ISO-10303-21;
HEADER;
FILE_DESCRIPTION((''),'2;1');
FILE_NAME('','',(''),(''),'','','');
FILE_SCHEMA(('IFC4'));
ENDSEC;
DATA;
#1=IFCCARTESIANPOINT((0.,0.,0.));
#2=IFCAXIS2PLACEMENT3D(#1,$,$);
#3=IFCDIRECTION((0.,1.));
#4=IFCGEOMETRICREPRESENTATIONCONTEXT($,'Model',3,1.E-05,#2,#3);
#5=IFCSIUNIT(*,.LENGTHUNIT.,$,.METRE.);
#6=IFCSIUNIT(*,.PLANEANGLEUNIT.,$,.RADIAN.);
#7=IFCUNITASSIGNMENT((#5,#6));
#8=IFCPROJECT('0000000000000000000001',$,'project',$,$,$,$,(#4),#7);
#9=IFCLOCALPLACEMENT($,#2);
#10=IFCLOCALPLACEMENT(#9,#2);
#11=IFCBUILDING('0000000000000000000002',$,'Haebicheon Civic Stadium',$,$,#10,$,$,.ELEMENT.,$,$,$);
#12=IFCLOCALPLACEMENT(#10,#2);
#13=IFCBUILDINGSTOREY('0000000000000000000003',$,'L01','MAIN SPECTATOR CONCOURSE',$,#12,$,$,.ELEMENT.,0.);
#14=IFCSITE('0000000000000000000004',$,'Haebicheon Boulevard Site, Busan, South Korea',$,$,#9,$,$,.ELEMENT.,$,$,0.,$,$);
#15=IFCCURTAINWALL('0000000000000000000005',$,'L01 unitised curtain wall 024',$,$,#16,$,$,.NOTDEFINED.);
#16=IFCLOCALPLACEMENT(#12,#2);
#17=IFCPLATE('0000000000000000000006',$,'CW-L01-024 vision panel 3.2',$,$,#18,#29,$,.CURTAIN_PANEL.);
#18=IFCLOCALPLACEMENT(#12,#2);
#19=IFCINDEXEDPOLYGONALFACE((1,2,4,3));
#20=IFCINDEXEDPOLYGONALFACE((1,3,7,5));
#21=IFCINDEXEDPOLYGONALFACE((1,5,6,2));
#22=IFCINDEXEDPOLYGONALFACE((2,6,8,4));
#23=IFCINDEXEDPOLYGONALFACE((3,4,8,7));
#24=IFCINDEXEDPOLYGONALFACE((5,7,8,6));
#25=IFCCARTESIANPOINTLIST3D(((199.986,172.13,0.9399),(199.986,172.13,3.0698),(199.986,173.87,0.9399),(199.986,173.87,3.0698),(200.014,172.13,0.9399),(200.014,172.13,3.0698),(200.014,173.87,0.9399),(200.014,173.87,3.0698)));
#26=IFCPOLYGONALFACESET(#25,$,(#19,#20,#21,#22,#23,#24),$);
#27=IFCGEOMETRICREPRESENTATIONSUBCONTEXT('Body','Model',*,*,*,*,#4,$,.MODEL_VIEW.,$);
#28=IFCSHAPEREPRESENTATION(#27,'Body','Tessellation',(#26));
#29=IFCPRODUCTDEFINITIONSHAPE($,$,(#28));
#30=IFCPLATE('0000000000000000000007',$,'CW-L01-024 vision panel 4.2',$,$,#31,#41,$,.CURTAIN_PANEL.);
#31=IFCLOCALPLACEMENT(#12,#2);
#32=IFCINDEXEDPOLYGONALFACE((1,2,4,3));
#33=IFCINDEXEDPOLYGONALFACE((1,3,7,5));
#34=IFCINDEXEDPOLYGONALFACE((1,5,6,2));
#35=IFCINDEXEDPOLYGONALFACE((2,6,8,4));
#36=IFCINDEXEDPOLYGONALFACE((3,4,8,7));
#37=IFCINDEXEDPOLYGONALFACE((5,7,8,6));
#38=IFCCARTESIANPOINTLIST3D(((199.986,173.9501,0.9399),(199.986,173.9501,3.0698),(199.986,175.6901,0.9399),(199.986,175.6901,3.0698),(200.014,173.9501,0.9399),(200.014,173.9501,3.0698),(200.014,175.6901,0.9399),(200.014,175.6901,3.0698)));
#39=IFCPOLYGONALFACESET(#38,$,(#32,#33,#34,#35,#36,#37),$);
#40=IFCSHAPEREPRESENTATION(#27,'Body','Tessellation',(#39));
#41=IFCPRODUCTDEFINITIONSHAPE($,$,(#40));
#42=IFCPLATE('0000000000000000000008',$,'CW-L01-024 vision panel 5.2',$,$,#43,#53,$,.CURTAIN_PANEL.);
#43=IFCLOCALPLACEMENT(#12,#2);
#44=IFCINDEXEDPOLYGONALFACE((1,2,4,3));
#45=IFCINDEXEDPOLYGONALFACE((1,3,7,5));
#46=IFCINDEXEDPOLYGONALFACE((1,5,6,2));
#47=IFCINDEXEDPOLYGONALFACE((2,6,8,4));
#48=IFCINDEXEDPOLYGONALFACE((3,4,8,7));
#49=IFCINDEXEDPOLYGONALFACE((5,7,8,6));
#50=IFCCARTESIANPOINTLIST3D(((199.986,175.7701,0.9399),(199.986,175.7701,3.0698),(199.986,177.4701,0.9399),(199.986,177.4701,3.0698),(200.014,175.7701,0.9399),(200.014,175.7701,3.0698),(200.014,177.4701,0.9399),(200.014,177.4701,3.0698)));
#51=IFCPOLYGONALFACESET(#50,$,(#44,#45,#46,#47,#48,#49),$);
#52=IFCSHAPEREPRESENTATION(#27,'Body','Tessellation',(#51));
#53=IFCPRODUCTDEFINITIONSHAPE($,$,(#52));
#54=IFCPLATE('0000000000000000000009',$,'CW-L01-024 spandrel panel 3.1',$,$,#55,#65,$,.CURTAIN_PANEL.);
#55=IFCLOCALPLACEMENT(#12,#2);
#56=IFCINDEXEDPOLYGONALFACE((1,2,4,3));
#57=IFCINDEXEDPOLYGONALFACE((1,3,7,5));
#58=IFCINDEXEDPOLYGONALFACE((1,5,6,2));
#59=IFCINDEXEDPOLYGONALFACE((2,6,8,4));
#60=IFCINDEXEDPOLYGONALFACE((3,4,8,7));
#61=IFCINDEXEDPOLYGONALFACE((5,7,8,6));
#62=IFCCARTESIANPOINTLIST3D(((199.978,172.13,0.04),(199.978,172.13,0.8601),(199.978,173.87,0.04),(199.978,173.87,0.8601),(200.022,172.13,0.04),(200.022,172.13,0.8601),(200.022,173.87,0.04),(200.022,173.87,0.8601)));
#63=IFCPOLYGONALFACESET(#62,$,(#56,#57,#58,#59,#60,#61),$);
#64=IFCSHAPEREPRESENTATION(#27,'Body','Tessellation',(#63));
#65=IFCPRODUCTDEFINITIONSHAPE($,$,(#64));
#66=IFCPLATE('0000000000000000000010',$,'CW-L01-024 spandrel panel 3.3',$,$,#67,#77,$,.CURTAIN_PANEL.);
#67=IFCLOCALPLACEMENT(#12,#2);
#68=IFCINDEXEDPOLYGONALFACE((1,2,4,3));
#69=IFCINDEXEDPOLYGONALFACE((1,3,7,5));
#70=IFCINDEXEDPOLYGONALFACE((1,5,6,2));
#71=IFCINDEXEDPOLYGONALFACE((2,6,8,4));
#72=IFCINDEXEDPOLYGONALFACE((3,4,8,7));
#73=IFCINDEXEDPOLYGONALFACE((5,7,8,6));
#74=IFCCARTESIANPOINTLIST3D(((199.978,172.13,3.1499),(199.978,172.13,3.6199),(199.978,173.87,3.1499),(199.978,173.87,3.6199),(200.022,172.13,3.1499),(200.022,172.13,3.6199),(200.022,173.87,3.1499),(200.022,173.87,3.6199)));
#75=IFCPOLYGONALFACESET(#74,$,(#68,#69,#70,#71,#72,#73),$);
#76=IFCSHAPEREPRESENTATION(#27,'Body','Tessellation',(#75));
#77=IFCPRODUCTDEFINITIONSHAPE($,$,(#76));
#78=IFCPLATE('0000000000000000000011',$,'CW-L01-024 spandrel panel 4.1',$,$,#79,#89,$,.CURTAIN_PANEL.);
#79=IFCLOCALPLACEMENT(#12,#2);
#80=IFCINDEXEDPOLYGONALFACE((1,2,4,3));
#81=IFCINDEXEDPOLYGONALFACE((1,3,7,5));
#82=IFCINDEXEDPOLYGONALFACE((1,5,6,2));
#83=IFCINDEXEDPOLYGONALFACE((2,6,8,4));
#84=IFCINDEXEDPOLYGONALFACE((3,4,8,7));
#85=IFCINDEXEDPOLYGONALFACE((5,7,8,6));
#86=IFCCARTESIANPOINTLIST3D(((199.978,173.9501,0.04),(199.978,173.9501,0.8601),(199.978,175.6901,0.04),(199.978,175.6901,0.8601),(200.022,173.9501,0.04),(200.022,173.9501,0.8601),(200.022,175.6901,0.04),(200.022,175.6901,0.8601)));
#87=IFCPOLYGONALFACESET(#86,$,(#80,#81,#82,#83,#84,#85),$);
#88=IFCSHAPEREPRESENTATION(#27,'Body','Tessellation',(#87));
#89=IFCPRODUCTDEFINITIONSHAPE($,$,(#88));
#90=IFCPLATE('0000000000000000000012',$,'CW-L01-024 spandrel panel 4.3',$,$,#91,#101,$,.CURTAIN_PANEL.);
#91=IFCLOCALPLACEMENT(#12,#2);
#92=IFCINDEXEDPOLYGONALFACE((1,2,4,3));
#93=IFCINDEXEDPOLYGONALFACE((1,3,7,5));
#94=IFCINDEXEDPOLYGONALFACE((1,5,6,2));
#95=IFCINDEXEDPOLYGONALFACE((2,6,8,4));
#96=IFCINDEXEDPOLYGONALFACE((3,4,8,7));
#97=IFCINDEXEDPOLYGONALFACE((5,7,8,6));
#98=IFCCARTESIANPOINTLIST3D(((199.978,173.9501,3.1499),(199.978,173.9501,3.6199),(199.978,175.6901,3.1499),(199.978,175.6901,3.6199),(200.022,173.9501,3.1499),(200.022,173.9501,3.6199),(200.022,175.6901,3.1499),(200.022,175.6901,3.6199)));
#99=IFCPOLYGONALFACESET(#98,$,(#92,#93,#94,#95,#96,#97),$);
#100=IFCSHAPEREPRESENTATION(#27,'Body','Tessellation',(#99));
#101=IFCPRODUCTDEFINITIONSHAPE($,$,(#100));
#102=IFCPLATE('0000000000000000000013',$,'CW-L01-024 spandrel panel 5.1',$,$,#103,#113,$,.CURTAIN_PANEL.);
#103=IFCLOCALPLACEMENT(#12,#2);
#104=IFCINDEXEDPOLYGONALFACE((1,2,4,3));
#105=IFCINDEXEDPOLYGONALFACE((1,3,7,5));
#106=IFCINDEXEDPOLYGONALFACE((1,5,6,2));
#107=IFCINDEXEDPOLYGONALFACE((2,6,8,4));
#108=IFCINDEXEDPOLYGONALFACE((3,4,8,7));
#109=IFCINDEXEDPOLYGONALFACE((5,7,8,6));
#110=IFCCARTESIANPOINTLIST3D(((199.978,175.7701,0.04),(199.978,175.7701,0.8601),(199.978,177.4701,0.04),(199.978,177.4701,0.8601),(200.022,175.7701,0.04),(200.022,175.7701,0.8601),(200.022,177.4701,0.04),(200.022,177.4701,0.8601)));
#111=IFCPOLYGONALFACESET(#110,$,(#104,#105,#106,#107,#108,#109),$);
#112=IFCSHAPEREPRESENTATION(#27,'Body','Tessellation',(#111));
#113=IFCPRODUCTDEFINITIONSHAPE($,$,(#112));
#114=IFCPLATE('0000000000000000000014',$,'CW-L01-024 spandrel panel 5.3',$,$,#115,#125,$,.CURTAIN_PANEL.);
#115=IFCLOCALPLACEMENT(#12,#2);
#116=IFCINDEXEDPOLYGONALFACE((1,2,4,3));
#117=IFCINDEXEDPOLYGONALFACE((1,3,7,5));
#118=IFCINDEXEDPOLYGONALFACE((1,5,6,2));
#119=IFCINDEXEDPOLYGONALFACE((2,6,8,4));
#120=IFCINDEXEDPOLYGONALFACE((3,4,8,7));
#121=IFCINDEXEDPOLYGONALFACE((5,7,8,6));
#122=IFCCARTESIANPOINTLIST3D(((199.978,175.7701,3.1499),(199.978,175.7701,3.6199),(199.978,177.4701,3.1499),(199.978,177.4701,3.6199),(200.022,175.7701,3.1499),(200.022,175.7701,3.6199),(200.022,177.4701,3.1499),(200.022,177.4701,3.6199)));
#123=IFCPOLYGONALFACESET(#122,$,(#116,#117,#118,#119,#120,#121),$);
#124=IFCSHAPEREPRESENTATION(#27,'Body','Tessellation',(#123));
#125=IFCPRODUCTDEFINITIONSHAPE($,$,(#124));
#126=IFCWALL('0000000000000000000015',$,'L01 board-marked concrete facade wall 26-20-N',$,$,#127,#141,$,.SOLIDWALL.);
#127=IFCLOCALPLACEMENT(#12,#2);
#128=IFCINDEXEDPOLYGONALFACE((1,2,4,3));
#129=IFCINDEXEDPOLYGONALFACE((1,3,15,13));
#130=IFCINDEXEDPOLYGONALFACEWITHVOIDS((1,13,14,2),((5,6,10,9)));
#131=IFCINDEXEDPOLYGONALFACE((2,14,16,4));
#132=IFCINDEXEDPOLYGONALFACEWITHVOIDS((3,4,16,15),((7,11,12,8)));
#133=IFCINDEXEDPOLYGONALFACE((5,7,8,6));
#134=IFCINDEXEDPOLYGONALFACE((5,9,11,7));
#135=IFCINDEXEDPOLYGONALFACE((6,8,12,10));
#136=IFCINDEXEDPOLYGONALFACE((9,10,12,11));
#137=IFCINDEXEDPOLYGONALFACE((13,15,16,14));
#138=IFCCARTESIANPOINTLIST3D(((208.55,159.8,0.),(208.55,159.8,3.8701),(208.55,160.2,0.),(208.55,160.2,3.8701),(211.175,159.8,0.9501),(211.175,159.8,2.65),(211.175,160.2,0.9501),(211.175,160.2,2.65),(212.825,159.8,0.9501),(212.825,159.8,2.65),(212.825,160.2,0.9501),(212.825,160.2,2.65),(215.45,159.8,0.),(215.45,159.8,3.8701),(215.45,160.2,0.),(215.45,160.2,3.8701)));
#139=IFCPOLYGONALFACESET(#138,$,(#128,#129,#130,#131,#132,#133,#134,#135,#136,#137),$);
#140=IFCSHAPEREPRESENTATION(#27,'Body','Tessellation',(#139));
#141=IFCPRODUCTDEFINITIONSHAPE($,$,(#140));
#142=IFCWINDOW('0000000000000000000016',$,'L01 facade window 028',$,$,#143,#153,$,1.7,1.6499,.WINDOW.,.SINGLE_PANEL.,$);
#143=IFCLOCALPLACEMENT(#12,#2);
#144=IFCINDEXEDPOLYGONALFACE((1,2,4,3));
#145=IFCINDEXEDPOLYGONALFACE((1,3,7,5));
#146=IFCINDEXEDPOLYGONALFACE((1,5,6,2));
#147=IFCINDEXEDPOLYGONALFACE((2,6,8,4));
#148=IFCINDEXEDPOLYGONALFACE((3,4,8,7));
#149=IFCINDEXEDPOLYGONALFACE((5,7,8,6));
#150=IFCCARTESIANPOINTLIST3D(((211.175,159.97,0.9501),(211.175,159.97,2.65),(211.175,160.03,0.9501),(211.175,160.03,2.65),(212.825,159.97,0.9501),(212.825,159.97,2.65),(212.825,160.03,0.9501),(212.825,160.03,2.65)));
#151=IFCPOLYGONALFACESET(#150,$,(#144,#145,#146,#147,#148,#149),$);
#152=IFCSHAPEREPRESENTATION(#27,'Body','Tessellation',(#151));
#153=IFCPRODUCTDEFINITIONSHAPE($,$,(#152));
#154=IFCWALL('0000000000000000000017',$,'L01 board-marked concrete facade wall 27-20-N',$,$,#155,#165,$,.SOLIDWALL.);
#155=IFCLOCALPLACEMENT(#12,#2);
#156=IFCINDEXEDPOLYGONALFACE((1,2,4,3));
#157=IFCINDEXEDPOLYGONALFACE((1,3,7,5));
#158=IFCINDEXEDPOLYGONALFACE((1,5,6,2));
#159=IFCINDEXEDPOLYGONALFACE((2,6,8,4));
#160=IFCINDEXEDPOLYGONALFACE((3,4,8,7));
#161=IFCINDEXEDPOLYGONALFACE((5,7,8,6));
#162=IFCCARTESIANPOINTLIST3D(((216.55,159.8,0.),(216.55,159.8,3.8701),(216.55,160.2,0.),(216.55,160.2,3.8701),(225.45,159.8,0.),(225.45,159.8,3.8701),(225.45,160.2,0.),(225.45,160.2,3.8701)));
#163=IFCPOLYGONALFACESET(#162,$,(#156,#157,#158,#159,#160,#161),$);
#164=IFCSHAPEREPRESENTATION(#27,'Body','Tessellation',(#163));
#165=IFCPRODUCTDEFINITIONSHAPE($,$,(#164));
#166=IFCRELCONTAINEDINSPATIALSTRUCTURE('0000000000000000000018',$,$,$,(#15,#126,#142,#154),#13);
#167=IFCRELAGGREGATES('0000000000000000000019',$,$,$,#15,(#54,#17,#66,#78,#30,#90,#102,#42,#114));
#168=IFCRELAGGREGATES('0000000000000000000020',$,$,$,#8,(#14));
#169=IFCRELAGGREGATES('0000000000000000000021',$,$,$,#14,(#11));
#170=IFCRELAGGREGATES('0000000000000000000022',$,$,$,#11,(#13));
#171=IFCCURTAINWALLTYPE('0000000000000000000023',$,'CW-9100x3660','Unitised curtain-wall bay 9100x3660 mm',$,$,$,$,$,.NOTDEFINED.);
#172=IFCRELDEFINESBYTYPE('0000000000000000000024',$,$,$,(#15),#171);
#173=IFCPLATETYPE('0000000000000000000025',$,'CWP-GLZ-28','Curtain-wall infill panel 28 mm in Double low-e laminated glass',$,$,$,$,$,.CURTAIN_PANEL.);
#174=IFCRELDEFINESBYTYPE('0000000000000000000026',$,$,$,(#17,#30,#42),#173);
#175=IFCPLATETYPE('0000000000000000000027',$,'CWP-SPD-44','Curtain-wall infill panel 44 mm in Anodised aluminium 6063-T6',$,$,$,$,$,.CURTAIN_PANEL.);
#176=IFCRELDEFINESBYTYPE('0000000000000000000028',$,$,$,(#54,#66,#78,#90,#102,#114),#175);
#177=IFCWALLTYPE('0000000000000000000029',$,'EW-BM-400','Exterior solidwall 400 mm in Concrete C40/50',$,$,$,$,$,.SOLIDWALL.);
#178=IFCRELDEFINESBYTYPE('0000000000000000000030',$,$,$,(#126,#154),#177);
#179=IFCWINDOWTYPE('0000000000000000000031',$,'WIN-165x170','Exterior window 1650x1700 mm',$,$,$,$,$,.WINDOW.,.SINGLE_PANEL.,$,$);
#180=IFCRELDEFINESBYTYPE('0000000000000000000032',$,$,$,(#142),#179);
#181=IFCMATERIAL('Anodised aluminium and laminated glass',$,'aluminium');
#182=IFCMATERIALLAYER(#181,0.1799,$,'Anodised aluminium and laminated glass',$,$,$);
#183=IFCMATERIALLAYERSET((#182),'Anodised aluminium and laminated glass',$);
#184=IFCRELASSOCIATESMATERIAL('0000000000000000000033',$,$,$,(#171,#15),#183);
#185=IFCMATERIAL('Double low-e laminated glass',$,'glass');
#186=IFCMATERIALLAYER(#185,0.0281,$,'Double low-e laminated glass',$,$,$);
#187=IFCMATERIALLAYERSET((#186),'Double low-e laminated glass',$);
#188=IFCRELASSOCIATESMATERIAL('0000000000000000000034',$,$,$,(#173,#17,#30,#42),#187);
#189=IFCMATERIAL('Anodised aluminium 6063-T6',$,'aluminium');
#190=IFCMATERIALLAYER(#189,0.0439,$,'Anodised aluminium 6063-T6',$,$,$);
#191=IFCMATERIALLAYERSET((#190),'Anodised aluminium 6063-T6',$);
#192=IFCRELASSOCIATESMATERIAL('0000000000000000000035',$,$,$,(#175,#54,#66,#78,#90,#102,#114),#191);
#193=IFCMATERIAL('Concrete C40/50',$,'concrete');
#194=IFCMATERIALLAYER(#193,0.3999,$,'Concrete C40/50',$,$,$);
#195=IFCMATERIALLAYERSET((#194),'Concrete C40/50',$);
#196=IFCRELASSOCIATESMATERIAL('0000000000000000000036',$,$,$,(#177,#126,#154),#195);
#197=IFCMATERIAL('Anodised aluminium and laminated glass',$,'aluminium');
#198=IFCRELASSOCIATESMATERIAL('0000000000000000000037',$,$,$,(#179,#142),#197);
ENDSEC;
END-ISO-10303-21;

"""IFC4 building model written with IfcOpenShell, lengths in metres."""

from ifc_helpers import new_model, si_unit, direction, frame, frame_2d, origin, origin_2d, place, context, subcontext, project, spatial, rectangle, extrude, material, layer, layer_set, type_object, element, fill, aggregate, save


model = new_model("IFC4")

# Units and contexts
model_context = context("Model", 3, precision=1e-05, world=origin(), true_north=direction((0.0, 1.0)))
body_context = subcontext(model_context, "Body", "Model", "MODEL_VIEW")
ifc_project = project(units=[si_unit("LENGTHUNIT", "METRE"), si_unit("PLANEANGLEUNIT", "RADIAN")], contexts=[model_context])

# Site, building, storey
site_placement = place(None, origin())
site = spatial("IfcSite", under=ifc_project, at=site_placement, Name="Haebicheon Boulevard Site, Busan, South Korea", CompositionType="ELEMENT", RefElevation=0.0)
building_placement = place(site_placement, origin())
building = spatial("IfcBuilding", under=site, at=building_placement, Name="Haebicheon Civic Stadium", CompositionType="ELEMENT")
storey_placement = place(building_placement, origin())
storey = spatial("IfcBuildingStorey", under=building, at=storey_placement, Name="L01", Description="MAIN SPECTATOR CONCOURSE", CompositionType="ELEMENT", Elevation=0.0)

# Curtain wall
ifc_material_1 = material(Name="Anodised aluminium and laminated glass", Category="aluminium")
ifc_layer_1 = layer(ifc_material_1, 0.1799, Name="Anodised aluminium and laminated glass")
ifc_layer_set_1 = layer_set([ifc_layer_1], Name="Anodised aluminium and laminated glass")
curtain_wall_type_1 = type_object("IfcCurtainWallType", Name="CW-9100x3660", Description="Unitised curtain-wall bay 9100x3660 mm", PredefinedType="NOTDEFINED", material=ifc_layer_set_1)
curtain_wall_1_placement = place(storey_placement, origin())
curtain_wall_1 = element("IfcCurtainWall", 1, at=curtain_wall_1_placement, inside=storey, type_object=curtain_wall_type_1, material=ifc_layer_set_1, Name="L01 unitised curtain wall 024", PredefinedType="NOTDEFINED")

# Plates
ifc_material_2 = material(Name="Double low-e laminated glass", Category="glass")
ifc_layer_2 = layer(ifc_material_2, 0.0281, Name="Double low-e laminated glass")
ifc_layer_set_2 = layer_set([ifc_layer_2], Name="Double low-e laminated glass")
plate_type_1 = type_object("IfcPlateType", Name="CWP-GLZ-28", Description="Curtain-wall infill panel 28 mm in Double low-e laminated glass", PredefinedType="CURTAIN_PANEL", material=ifc_layer_set_2)
plate_1_placement = place(storey_placement, frame((200.0, 173.0, 0.9399), z_axis=(0.0, 0.0, 1.0), x_axis=(0.0, 1.0, 0.0)))
plate_1 = element("IfcPlate", 2, at=plate_1_placement, type_object=plate_type_1, material=ifc_layer_set_2, Name="CW-L01-024 vision panel 3.2", PredefinedType="CURTAIN_PANEL", context=body_context, shape_type="SweptSolid", body=[
    extrude(rectangle(XDim=1.74, YDim=0.0281, at=origin_2d()), origin(), (0.0, 0.0, 1.0), 2.1299),
])
plate_2_placement = place(storey_placement, frame((200.0, 174.8201, 0.9399), z_axis=(0.0, 0.0, 1.0), x_axis=(0.0, 1.0, 0.0)))
plate_2 = element("IfcPlate", 3, at=plate_2_placement, type_object=plate_type_1, material=ifc_layer_set_2, Name="CW-L01-024 vision panel 4.2", PredefinedType="CURTAIN_PANEL", context=body_context, shape_type="SweptSolid", body=[
    extrude(rectangle(XDim=1.74, YDim=0.0281, at=origin_2d()), origin(), (0.0, 0.0, 1.0), 2.1299),
])
plate_3_placement = place(storey_placement, frame((200.0, 176.6201, 0.9399), z_axis=(0.0, 0.0, 1.0), x_axis=(0.0, 1.0, 0.0)))
plate_3 = element("IfcPlate", 4, at=plate_3_placement, type_object=plate_type_1, material=ifc_layer_set_2, Name="CW-L01-024 vision panel 5.2", PredefinedType="CURTAIN_PANEL", context=body_context, shape_type="SweptSolid", body=[
    extrude(rectangle(XDim=1.7, YDim=0.0281, at=origin_2d()), origin(), (0.0, 0.0, 1.0), 2.1299),
])
ifc_material_3 = material(Name="Anodised aluminium 6063-T6", Category="aluminium")
ifc_layer_3 = layer(ifc_material_3, 0.0439, Name="Anodised aluminium 6063-T6")
ifc_layer_set_3 = layer_set([ifc_layer_3], Name="Anodised aluminium 6063-T6")
plate_type_2 = type_object("IfcPlateType", Name="CWP-SPD-44", Description="Curtain-wall infill panel 44 mm in Anodised aluminium 6063-T6", PredefinedType="CURTAIN_PANEL", material=ifc_layer_set_3)
plate_4_placement = place(storey_placement, frame((200.0, 173.0, 0.04), z_axis=(0.0, 0.0, 1.0), x_axis=(0.0, 1.0, 0.0)))
plate_4 = element("IfcPlate", 5, at=plate_4_placement, type_object=plate_type_2, material=ifc_layer_set_3, Name="CW-L01-024 spandrel panel 3.1", PredefinedType="CURTAIN_PANEL", context=body_context, shape_type="SweptSolid", body=[
    extrude(rectangle(XDim=1.74, YDim=0.0439, at=origin_2d()), origin(), (0.0, 0.0, 1.0), 0.8201),
])
plate_5_placement = place(storey_placement, frame((200.0, 173.0, 3.1499), z_axis=(0.0, 0.0, 1.0), x_axis=(0.0, 1.0, 0.0)))
plate_5 = element("IfcPlate", 6, at=plate_5_placement, type_object=plate_type_2, material=ifc_layer_set_3, Name="CW-L01-024 spandrel panel 3.3", PredefinedType="CURTAIN_PANEL", context=body_context, shape_type="SweptSolid", body=[
    extrude(rectangle(XDim=1.74, YDim=0.0439, at=origin_2d()), origin(), (0.0, 0.0, 1.0), 0.47),
])
plate_6_placement = place(storey_placement, frame((200.0, 174.8201, 0.04), z_axis=(0.0, 0.0, 1.0), x_axis=(0.0, 1.0, 0.0)))
plate_6 = element("IfcPlate", 7, at=plate_6_placement, type_object=plate_type_2, material=ifc_layer_set_3, Name="CW-L01-024 spandrel panel 4.1", PredefinedType="CURTAIN_PANEL", context=body_context, shape_type="SweptSolid", body=[
    extrude(rectangle(XDim=1.74, YDim=0.0439, at=origin_2d()), origin(), (0.0, 0.0, 1.0), 0.8201),
])
plate_7_placement = place(storey_placement, frame((200.0, 174.8201, 3.1499), z_axis=(0.0, 0.0, 1.0), x_axis=(0.0, 1.0, 0.0)))
plate_7 = element("IfcPlate", 8, at=plate_7_placement, type_object=plate_type_2, material=ifc_layer_set_3, Name="CW-L01-024 spandrel panel 4.3", PredefinedType="CURTAIN_PANEL", context=body_context, shape_type="SweptSolid", body=[
    extrude(rectangle(XDim=1.74, YDim=0.0439, at=origin_2d()), origin(), (0.0, 0.0, 1.0), 0.47),
])
plate_8_placement = place(storey_placement, frame((200.0, 176.6201, 0.04), z_axis=(0.0, 0.0, 1.0), x_axis=(0.0, 1.0, 0.0)))
plate_8 = element("IfcPlate", 9, at=plate_8_placement, type_object=plate_type_2, material=ifc_layer_set_3, Name="CW-L01-024 spandrel panel 5.1", PredefinedType="CURTAIN_PANEL", context=body_context, shape_type="SweptSolid", body=[
    extrude(rectangle(XDim=1.7, YDim=0.0439, at=origin_2d()), origin(), (0.0, 0.0, 1.0), 0.8201),
])
plate_9_placement = place(storey_placement, frame((200.0, 176.6201, 3.1499), z_axis=(0.0, 0.0, 1.0), x_axis=(0.0, 1.0, 0.0)))
plate_9 = element("IfcPlate", 10, at=plate_9_placement, type_object=plate_type_2, material=ifc_layer_set_3, Name="CW-L01-024 spandrel panel 5.3", PredefinedType="CURTAIN_PANEL", context=body_context, shape_type="SweptSolid", body=[
    extrude(rectangle(XDim=1.7, YDim=0.0439, at=origin_2d()), origin(), (0.0, 0.0, 1.0), 0.47),
])
aggregate(curtain_wall_1, [plate_4, plate_1, plate_5, plate_6, plate_2, plate_7, plate_8, plate_3, plate_9])

# Wall, opening, window
ifc_material_4 = material(Name="Concrete C40/50", Category="concrete")
ifc_layer_4 = layer(ifc_material_4, 0.3999, Name="Concrete C40/50")
ifc_layer_set_4 = layer_set([ifc_layer_4], Name="Concrete C40/50")
wall_type = type_object("IfcWallType", Name="EW-BM-400", Description="Exterior solidwall 400 mm in Concrete C40/50", PredefinedType="SOLIDWALL", material=ifc_layer_set_4)
wall_1_placement = place(storey_placement, frame((208.55, 160.0, 0.0), z_axis=(0.0, 0.0, 1.0), x_axis=(1.0, 0.0, 0.0)))
wall_1 = element("IfcWall", 11, at=wall_1_placement, inside=storey, type_object=wall_type, material=ifc_layer_set_4, Name="L01 board-marked concrete facade wall 26-20-N", PredefinedType="SOLIDWALL", context=body_context, shape_type="SweptSolid", body=[
    extrude(rectangle(XDim=6.8999, YDim=0.3999, at=frame_2d((3.45, 0.0))), origin(), (0.0, 0.0, 1.0), 3.8701),
])
opening_placement = place(wall_1_placement, frame((2.625, 0.0, 0.95)))
opening = element("IfcOpeningElement", 12, at=opening_placement, cuts=wall_1, PredefinedType="OPENING", context=body_context, shape_type="SweptSolid", body=[
    extrude(rectangle(XDim=1.6499, YDim=1.7, at=frame_2d((0.825, 0.8501))), frame((0.0, 0.21, 0.0), z_axis=(0.0, -1.0, 0.0), x_axis=(1.0, 0.0, 0.0)), (0.0, 0.0, 1.0), 0.4199),
])
ifc_material_5 = material(Name="Anodised aluminium and laminated glass", Category="aluminium")
window_type = type_object("IfcWindowType", Name="WIN-165x170", Description="Exterior window 1650x1700 mm", PartitioningType="SINGLE_PANEL", PredefinedType="WINDOW", material=ifc_material_5)
window_placement = place(opening_placement, origin())
window = element("IfcWindow", 13, at=window_placement, inside=storey, type_object=window_type, material=ifc_material_5, Name="L01 facade window 028", OverallHeight=1.7, OverallWidth=1.6499, PartitioningType="SINGLE_PANEL", PredefinedType="WINDOW", context=body_context, shape_type="SweptSolid", body=[
    extrude(rectangle(XDim=1.6499, YDim=1.7, at=frame_2d((0.825, 0.8501))), frame((0.0, 0.03, 0.0), z_axis=(0.0, -1.0, 0.0), x_axis=(1.0, 0.0, 0.0)), (0.0, 0.0, 1.0), 0.0601),
])
fill(opening, window)

# Wall
wall_2_placement = place(storey_placement, frame((216.55, 160.0, 0.0), z_axis=(0.0, 0.0, 1.0), x_axis=(1.0, 0.0, 0.0)))
element("IfcWall", 14, at=wall_2_placement, inside=storey, type_object=wall_type, material=ifc_layer_set_4, Name="L01 board-marked concrete facade wall 27-20-N", PredefinedType="SOLIDWALL", context=body_context, shape_type="SweptSolid", body=[
    extrude(rectangle(XDim=8.8999, YDim=0.3999, at=frame_2d((4.45, 0.0))), origin(), (0.0, 0.0, 1.0), 3.8701),
])

save(model, "model.ifc")
